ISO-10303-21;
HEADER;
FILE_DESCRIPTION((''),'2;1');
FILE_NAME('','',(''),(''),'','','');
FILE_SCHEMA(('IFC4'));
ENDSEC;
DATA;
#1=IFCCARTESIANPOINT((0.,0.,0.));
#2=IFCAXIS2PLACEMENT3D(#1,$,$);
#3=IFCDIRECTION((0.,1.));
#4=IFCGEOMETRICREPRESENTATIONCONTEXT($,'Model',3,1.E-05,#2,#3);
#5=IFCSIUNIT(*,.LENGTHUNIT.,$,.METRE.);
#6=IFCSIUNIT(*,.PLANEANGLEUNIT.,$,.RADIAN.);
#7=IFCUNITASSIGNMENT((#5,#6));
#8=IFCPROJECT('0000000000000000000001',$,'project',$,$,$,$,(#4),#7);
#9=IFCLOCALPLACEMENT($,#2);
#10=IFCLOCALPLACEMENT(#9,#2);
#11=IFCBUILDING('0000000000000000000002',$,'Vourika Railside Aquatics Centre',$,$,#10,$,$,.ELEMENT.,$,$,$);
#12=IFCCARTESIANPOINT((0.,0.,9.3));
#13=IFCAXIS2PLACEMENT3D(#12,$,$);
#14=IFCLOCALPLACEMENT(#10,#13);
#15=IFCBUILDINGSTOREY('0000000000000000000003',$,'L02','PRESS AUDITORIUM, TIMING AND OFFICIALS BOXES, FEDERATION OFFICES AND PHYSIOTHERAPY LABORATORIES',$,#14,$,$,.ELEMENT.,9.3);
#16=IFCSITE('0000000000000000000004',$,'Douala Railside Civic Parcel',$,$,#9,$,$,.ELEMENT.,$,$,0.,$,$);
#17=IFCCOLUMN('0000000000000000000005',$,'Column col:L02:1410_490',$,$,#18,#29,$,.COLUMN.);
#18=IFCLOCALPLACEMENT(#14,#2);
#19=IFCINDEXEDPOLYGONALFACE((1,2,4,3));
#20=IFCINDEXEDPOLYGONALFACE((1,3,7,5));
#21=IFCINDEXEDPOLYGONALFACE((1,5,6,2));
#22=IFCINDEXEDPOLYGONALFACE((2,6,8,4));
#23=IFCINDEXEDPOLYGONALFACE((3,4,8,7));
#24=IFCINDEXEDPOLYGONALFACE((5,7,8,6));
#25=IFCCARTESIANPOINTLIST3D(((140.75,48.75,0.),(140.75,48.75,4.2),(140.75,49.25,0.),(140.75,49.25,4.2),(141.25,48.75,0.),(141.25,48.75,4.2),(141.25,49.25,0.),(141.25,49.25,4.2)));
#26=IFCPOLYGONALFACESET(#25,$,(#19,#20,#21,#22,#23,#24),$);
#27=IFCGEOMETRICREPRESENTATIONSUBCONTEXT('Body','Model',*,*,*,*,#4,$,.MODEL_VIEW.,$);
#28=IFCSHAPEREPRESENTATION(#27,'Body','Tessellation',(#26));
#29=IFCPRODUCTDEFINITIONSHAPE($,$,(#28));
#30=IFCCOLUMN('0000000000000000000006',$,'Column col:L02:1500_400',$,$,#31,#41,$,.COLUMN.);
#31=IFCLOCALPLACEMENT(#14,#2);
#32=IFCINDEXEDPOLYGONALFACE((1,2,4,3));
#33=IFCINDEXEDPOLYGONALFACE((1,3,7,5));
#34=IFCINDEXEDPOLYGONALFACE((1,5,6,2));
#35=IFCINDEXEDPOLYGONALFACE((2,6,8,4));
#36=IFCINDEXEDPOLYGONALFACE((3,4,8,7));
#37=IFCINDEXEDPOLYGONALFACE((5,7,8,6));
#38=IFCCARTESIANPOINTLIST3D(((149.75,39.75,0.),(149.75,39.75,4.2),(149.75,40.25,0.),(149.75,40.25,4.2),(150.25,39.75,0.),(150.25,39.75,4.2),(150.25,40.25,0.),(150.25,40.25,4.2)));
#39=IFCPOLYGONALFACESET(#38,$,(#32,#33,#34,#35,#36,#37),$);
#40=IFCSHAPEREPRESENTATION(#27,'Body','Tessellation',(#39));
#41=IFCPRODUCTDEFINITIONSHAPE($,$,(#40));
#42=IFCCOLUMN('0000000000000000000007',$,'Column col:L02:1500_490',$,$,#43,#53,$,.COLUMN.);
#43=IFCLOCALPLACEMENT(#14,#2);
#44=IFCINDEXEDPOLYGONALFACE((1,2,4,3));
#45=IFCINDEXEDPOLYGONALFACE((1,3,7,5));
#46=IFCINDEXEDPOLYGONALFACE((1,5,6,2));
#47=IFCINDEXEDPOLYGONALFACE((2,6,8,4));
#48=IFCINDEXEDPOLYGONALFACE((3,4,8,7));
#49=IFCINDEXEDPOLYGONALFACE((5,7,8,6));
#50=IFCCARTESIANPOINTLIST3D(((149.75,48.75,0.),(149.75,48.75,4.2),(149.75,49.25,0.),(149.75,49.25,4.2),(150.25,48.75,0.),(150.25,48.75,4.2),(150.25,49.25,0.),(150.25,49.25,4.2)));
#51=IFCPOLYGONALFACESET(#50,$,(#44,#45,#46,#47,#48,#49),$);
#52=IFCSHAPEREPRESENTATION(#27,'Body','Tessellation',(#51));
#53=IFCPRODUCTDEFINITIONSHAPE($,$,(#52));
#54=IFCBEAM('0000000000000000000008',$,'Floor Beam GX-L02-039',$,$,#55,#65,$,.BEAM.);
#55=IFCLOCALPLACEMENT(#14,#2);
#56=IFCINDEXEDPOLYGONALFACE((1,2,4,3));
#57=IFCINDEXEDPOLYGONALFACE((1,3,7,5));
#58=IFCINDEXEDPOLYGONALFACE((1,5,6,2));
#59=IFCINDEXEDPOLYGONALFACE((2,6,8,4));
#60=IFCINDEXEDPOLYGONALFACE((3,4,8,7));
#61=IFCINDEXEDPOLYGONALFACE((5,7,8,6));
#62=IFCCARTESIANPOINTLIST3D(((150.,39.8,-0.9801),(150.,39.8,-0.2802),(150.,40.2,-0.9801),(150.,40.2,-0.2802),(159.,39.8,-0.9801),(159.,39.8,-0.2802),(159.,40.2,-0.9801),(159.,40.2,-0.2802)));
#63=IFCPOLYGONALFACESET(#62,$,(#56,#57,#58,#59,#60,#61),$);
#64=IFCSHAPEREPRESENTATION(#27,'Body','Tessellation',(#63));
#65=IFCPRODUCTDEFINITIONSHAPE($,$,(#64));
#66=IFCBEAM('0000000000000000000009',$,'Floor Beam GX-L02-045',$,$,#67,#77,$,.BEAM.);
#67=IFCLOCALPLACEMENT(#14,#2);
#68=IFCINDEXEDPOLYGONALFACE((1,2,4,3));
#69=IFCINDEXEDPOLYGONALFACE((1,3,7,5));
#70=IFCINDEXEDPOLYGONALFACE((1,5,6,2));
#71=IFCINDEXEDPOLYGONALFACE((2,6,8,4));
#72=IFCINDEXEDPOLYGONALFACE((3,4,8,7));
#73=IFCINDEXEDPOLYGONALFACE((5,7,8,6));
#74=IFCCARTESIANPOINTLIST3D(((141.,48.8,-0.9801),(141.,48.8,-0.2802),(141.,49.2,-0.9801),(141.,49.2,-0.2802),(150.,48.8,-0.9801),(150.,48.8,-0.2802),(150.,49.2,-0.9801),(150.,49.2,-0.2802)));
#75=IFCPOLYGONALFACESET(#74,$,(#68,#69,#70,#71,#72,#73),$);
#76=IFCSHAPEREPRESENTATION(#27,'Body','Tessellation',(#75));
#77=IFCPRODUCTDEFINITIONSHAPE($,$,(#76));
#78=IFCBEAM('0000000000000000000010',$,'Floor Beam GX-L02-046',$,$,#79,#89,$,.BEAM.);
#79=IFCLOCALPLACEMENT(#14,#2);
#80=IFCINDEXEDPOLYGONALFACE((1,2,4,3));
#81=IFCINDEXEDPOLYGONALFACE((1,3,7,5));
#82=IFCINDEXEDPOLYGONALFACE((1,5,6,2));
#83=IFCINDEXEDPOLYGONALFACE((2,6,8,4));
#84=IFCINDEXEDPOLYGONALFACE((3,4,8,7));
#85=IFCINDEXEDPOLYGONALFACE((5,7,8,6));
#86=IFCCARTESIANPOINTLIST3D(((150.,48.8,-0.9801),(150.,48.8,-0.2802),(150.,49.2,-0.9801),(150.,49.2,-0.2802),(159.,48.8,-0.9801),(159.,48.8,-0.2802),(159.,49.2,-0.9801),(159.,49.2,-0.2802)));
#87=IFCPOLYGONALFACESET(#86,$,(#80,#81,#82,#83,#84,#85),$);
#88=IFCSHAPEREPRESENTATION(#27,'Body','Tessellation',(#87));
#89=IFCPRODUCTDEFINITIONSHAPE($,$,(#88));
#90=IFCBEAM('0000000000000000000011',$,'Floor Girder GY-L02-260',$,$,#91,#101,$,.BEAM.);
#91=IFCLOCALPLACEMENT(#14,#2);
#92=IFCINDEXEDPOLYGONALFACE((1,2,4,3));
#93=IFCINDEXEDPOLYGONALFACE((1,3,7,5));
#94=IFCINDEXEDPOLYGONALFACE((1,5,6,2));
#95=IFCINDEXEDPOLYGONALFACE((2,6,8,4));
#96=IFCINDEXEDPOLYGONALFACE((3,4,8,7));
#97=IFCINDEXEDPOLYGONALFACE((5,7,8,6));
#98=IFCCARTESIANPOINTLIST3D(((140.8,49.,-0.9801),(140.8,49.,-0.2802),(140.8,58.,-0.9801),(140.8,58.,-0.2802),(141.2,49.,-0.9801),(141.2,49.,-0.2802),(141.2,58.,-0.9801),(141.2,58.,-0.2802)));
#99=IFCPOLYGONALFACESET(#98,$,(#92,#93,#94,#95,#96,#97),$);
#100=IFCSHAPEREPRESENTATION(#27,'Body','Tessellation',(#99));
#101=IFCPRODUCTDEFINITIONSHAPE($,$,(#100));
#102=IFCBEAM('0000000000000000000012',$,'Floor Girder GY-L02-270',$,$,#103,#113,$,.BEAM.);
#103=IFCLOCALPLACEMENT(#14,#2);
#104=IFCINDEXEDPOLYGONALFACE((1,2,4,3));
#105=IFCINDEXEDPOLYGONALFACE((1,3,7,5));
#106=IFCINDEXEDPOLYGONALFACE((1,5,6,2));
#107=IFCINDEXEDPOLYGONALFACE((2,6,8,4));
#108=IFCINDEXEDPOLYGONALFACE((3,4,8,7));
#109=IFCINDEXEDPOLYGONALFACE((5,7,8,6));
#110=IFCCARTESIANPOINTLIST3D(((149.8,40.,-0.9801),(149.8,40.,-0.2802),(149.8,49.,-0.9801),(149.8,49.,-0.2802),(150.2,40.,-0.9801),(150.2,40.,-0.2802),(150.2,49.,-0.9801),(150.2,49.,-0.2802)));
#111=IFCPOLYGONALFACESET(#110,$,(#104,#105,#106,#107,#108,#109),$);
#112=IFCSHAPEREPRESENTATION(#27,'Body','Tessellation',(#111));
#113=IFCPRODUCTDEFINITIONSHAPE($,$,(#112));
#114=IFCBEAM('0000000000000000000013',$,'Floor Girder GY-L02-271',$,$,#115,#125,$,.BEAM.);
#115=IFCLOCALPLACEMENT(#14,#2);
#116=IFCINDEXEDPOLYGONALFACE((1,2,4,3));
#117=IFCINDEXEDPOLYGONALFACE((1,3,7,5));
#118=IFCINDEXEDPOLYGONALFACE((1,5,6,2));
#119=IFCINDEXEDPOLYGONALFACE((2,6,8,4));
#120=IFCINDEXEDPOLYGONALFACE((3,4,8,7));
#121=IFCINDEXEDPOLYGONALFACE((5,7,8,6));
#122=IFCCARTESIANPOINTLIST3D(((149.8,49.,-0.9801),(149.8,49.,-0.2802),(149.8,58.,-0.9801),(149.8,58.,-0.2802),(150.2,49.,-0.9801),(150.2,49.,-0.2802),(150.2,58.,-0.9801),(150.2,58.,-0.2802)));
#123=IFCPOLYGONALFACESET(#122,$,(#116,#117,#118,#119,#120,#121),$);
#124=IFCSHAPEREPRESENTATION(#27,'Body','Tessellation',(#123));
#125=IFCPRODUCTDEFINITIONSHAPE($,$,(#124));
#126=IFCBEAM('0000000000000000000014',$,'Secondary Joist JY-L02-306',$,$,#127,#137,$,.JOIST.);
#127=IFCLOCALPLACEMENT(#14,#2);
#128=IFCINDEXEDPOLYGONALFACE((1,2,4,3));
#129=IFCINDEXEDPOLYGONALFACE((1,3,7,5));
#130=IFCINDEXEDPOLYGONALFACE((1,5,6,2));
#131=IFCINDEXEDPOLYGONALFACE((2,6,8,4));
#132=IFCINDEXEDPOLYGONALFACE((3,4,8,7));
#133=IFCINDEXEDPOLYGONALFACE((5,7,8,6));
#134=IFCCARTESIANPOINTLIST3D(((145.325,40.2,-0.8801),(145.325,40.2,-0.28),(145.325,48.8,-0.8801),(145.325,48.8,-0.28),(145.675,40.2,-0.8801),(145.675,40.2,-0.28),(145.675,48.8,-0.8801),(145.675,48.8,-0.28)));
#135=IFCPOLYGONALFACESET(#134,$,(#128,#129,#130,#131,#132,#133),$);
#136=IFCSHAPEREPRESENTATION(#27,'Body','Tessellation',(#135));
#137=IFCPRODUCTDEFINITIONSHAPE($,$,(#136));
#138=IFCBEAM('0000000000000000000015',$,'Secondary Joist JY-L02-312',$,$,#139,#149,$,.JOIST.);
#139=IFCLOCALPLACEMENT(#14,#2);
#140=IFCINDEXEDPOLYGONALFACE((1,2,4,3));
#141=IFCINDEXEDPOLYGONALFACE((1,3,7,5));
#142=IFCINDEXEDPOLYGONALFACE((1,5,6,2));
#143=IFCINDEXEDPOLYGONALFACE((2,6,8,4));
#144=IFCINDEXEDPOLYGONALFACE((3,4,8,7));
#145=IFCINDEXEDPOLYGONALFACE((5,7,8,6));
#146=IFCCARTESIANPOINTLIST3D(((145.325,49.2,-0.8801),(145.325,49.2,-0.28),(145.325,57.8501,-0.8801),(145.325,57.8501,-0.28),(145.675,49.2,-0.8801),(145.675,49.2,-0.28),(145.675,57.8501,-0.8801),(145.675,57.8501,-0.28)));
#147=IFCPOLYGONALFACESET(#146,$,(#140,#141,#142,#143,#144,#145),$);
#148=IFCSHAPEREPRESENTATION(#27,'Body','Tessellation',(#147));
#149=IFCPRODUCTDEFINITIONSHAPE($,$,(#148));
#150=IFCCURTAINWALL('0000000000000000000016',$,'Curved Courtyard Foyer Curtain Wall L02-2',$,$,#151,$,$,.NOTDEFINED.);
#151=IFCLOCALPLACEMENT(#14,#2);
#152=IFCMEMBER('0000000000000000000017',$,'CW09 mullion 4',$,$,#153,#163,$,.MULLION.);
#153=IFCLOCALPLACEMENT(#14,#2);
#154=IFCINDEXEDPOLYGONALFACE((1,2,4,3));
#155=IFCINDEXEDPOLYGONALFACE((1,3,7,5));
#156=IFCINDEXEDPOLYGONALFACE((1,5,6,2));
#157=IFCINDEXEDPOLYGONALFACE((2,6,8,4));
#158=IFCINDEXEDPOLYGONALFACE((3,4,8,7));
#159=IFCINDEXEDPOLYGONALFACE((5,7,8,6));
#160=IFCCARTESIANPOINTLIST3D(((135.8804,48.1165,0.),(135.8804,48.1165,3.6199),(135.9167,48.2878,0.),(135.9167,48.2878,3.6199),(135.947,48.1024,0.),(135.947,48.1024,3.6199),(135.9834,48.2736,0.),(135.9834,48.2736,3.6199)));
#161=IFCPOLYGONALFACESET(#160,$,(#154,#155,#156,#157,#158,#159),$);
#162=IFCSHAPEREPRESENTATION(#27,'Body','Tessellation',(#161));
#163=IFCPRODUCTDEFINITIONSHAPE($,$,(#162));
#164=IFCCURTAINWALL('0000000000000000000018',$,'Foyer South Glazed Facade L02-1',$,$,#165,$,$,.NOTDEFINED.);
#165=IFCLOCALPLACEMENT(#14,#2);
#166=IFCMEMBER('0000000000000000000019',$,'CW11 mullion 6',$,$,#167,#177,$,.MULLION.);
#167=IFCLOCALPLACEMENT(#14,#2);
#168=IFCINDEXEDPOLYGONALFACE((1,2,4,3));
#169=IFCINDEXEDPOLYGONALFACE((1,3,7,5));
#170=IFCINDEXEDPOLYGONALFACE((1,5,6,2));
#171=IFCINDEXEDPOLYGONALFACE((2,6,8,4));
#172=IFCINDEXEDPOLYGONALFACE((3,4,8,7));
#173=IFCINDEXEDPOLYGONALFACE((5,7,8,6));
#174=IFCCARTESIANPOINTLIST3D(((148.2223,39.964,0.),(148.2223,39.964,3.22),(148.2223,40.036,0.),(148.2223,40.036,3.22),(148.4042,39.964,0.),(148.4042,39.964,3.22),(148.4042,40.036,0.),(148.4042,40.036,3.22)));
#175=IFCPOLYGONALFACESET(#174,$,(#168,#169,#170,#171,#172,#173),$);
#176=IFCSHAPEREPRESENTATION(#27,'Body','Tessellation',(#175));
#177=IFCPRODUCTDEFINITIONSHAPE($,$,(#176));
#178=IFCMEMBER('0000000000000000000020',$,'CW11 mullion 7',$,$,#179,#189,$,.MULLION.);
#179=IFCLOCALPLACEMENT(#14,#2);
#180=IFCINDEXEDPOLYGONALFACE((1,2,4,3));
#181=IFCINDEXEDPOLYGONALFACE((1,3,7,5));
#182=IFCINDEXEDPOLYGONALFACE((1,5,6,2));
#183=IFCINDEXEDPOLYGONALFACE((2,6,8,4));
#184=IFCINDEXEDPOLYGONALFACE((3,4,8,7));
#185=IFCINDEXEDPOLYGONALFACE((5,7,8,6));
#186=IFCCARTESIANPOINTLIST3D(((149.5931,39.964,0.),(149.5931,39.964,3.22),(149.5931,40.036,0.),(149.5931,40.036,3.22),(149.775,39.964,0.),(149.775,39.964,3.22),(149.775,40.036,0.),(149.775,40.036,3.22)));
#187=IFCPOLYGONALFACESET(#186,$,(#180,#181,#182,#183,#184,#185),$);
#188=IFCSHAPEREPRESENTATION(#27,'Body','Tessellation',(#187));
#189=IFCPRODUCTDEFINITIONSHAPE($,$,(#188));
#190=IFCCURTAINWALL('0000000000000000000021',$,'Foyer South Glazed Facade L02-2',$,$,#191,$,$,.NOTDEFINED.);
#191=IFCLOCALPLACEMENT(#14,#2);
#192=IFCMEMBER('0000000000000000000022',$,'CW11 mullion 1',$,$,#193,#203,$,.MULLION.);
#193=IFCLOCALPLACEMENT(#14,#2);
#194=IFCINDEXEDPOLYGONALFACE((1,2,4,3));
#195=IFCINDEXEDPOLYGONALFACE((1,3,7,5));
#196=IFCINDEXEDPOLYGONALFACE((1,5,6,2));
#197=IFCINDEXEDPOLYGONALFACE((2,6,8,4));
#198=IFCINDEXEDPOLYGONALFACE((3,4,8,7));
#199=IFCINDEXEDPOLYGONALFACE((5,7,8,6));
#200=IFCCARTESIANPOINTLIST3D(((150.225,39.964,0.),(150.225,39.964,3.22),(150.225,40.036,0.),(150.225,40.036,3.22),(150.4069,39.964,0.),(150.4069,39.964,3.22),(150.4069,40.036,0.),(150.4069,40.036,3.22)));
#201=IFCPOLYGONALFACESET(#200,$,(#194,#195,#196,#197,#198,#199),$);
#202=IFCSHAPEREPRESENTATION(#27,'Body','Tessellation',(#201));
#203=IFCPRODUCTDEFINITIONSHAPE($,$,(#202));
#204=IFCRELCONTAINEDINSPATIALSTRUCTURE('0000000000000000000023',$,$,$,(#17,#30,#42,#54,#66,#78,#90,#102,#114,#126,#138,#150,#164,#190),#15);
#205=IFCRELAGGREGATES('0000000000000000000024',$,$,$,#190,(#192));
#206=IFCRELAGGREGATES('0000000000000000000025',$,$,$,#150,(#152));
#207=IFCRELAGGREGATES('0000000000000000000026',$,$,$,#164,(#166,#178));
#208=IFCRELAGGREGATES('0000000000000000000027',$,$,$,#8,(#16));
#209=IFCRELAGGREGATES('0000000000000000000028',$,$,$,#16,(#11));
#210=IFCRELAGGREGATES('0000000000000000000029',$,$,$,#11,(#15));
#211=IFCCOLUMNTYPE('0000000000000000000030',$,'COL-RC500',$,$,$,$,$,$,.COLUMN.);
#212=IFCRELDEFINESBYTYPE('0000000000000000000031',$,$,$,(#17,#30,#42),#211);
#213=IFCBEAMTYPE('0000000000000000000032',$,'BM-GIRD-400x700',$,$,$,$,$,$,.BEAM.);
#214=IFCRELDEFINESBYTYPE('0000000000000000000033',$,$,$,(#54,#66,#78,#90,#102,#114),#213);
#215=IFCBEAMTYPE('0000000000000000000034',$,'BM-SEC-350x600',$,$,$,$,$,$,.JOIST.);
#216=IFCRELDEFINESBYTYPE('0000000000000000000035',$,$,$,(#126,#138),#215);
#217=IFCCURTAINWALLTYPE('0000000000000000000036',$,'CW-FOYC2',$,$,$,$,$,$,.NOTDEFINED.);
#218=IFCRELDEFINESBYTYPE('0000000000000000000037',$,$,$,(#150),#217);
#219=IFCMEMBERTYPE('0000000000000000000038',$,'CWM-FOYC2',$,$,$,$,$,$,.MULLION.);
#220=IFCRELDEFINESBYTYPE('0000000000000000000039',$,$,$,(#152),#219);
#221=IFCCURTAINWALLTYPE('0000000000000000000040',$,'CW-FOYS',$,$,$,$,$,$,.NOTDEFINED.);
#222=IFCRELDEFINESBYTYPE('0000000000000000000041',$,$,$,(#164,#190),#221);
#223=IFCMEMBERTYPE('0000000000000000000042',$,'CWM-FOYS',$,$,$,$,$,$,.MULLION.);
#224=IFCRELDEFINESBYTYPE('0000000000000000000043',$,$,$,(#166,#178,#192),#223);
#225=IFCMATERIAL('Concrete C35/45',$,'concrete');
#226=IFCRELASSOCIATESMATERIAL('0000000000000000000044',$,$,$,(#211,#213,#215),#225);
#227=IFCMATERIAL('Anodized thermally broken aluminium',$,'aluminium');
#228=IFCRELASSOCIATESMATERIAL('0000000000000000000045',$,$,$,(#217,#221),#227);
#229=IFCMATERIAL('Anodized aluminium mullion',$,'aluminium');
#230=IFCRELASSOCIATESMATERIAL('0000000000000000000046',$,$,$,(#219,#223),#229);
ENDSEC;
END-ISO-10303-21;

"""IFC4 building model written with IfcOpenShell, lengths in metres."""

from ifc_helpers import new_model, si_unit, direction, frame, origin, origin_2d, place, context, subcontext, project, spatial, rectangle, extrude, material, material_profile, profile_set, type_object, element, aggregate, save


model = new_model("IFC4")

# Units and contexts
model_context = context("Model", 3, precision=1e-05, world=origin(), true_north=direction((0.0, 1.0)))
body_context = subcontext(model_context, "Body", "Model", "MODEL_VIEW")
ifc_project = project(units=[si_unit("LENGTHUNIT", "METRE"), si_unit("PLANEANGLEUNIT", "RADIAN")], contexts=[model_context])

# Site, building, storey
site_placement = place(None, origin())
site = spatial("IfcSite", under=ifc_project, at=site_placement, Name="Douala Railside Civic Parcel", CompositionType="ELEMENT", RefElevation=0.0)
building_placement = place(site_placement, origin())
building = spatial("IfcBuilding", under=site, at=building_placement, Name="Vourika Railside Aquatics Centre", CompositionType="ELEMENT")
storey_placement = place(building_placement, frame((0.0, 0.0, 9.3)))
storey = spatial("IfcBuildingStorey", under=building, at=storey_placement, Name="L02", Description="PRESS AUDITORIUM, TIMING AND OFFICIALS BOXES, FEDERATION OFFICES AND PHYSIOTHERAPY LABORATORIES", CompositionType="ELEMENT", Elevation=9.3)

# Columns
ifc_material_1 = material(Name="Concrete C35/45", Category="concrete")
ifc_material_profile_1 = material_profile(ifc_material_1, rectangle(XDim=0.5, YDim=0.5, at=origin_2d()), Name="RC 500x500")
ifc_profile_set_1 = profile_set([ifc_material_profile_1], Name="Concrete C35/45")
column_type = type_object("IfcColumnType", Name="COL-RC500", PredefinedType="COLUMN", material=ifc_profile_set_1)
for number, where, z_axis, x_axis, name in (
    (1, (141.0, 49.0, 0.0), (0.0, 0.0, 1.0), (1.0, 0.0, 0.0), "Column col:L02:1410_490"),
    (2, (150.0, 40.0, 0.0), (0.0, 0.0, 1.0), (1.0, 0.0, 0.0), "Column col:L02:1500_400"),
    (3, (150.0, 49.0, 0.0), (0.0, 0.0, 1.0), (1.0, 0.0, 0.0), "Column col:L02:1500_490"),
):
    element("IfcColumn", number, at=place(storey_placement, frame(where, z_axis=z_axis, x_axis=x_axis)), inside=storey, type_object=column_type, Name=name, PredefinedType="COLUMN", context=body_context, shape_type="SweptSolid", body=[
        extrude(rectangle(XDim=0.5, YDim=0.5, at=origin_2d()), origin(), (0.0, 0.0, 1.0), 4.2),
    ])

# Beams
ifc_material_profile_2 = material_profile(ifc_material_1, rectangle(XDim=0.3999, YDim=0.7, at=origin_2d()), Name="RC 400x700")
ifc_profile_set_2 = profile_set([ifc_material_profile_2], Name="Concrete C35/45")
beam_type_1 = type_object("IfcBeamType", Name="BM-GIRD-400x700", PredefinedType="BEAM", material=ifc_profile_set_2)
for number, where, z_axis, x_axis, name in (
    (4, (150.0, 40.0, -0.6301), (1.0, 0.0, 0.0), (0.0, 1.0, 0.0), "Floor Beam GX-L02-039"),
    (5, (141.0, 49.0, -0.6301), (1.0, 0.0, 0.0), (0.0, 1.0, 0.0), "Floor Beam GX-L02-045"),
    (6, (150.0, 49.0, -0.6301), (1.0, 0.0, 0.0), (0.0, 1.0, 0.0), "Floor Beam GX-L02-046"),
    (7, (141.0, 49.0, -0.6301), (0.0, 1.0, 0.0), (-1.0, 0.0, 0.0), "Floor Girder GY-L02-260"),
    (8, (150.0, 40.0, -0.6301), (0.0, 1.0, 0.0), (-1.0, 0.0, 0.0), "Floor Girder GY-L02-270"),
    (9, (150.0, 49.0, -0.6301), (0.0, 1.0, 0.0), (-1.0, 0.0, 0.0), "Floor Girder GY-L02-271"),
):
    element("IfcBeam", number, at=place(storey_placement, frame(where, z_axis=z_axis, x_axis=x_axis)), inside=storey, type_object=beam_type_1, Name=name, PredefinedType="BEAM", context=body_context, shape_type="SweptSolid", body=[
        extrude(rectangle(XDim=0.3999, YDim=0.7, at=origin_2d()), origin(), (0.0, 0.0, 1.0), 9.0),
    ])
ifc_material_profile_3 = material_profile(ifc_material_1, rectangle(XDim=0.3501, YDim=0.6001, at=origin_2d()), Name="RC 350x600")
ifc_profile_set_3 = profile_set([ifc_material_profile_3], Name="Concrete C35/45")
beam_type_2 = type_object("IfcBeamType", Name="BM-SEC-350x600", PredefinedType="JOIST", material=ifc_profile_set_3)
beam_1_placement = place(storey_placement, frame((145.5, 40.2, -0.5801), z_axis=(0.0, 1.0, 0.0), x_axis=(-1.0, 0.0, 0.0)))
element("IfcBeam", 10, at=beam_1_placement, inside=storey, type_object=beam_type_2, Name="Secondary Joist JY-L02-306", PredefinedType="JOIST", context=body_context, shape_type="SweptSolid", body=[
    extrude(rectangle(XDim=0.3501, YDim=0.6001, at=origin_2d()), origin(), (0.0, 0.0, 1.0), 8.6001),
])
beam_2_placement = place(storey_placement, frame((145.5, 49.2, -0.5801), z_axis=(0.0, 1.0, 0.0), x_axis=(-1.0, 0.0, 0.0)))
element("IfcBeam", 11, at=beam_2_placement, inside=storey, type_object=beam_type_2, Name="Secondary Joist JY-L02-312", PredefinedType="JOIST", context=body_context, shape_type="SweptSolid", body=[
    extrude(rectangle(XDim=0.3501, YDim=0.6001, at=origin_2d()), origin(), (0.0, 0.0, 1.0), 8.6501),
])

# Curtain wall, member
ifc_material_2 = material(Name="Anodized thermally broken aluminium", Category="aluminium")
curtain_wall_type_1 = type_object("IfcCurtainWallType", Name="CW-FOYC2", PredefinedType="NOTDEFINED", material=ifc_material_2)
curtain_wall_1_placement = place(storey_placement, origin())
curtain_wall_1 = element("IfcCurtainWall", 12, at=curtain_wall_1_placement, inside=storey, type_object=curtain_wall_type_1, Name="Curved Courtyard Foyer Curtain Wall L02-2", PredefinedType="NOTDEFINED")
ifc_material_3 = material(Name="Anodized aluminium mullion", Category="aluminium")
ifc_material_profile_4 = material_profile(ifc_material_3, rectangle(XDim=0.0681, YDim=0.175, at=origin_2d()), Name="ALU-M 68x175")
ifc_profile_set_4 = profile_set([ifc_material_profile_4], Name="Anodized aluminium mullion")
member_type_1 = type_object("IfcMemberType", Name="CWM-FOYC2", PredefinedType="MULLION", material=ifc_profile_set_4)
member_1_placement = place(storey_placement, frame((135.9319, 48.1951, 0.0), z_axis=(0.0, 0.0, 1.0), x_axis=(0.978215, -0.207595, 0.0)))
member_1 = element("IfcMember", 13, at=member_1_placement, type_object=member_type_1, Name="CW09 mullion 4", PredefinedType="MULLION", context=body_context, shape_type="SweptSolid", body=[
    extrude(rectangle(XDim=0.0681, YDim=0.175, at=origin_2d()), origin(), (0.0, 0.0, 1.0), 3.6199),
])

# Curtain wall, members
curtain_wall_type_2 = type_object("IfcCurtainWallType", Name="CW-FOYS", PredefinedType="NOTDEFINED", material=ifc_material_2)
curtain_wall_2_placement = place(storey_placement, origin())
curtain_wall_2 = element("IfcCurtainWall", 14, at=curtain_wall_2_placement, inside=storey, type_object=curtain_wall_type_2, Name="Foyer South Glazed Facade L02-1", PredefinedType="NOTDEFINED")
ifc_material_profile_5 = material_profile(ifc_material_3, rectangle(XDim=0.072, YDim=0.1819, at=origin_2d()), Name="ALU-M 72x182")
ifc_profile_set_5 = profile_set([ifc_material_profile_5], Name="Anodized aluminium mullion")
member_type_2 = type_object("IfcMemberType", Name="CWM-FOYS", PredefinedType="MULLION", material=ifc_profile_set_5)
member_2_placement = place(storey_placement, frame((148.3132, 40.0, 0.0), z_axis=(0.0, 0.0, 1.0), x_axis=(0.0, 1.0, 0.0)))
member_2 = element("IfcMember", 15, at=member_2_placement, type_object=member_type_2, Name="CW11 mullion 6", PredefinedType="MULLION", context=body_context, shape_type="SweptSolid", body=[
    extrude(rectangle(XDim=0.072, YDim=0.1819, at=origin_2d()), origin(), (0.0, 0.0, 1.0), 3.22),
])
member_3_placement = place(storey_placement, frame((149.6841, 40.0, 0.0), z_axis=(0.0, 0.0, 1.0), x_axis=(0.0, 1.0, 0.0)))
member_3 = element("IfcMember", 16, at=member_3_placement, type_object=member_type_2, Name="CW11 mullion 7", PredefinedType="MULLION", context=body_context, shape_type="SweptSolid", body=[
    extrude(rectangle(XDim=0.072, YDim=0.1819, at=origin_2d()), origin(), (0.0, 0.0, 1.0), 3.22),
])

# Curtain wall, member
curtain_wall_3_placement = place(storey_placement, origin())
curtain_wall_3 = element("IfcCurtainWall", 17, at=curtain_wall_3_placement, inside=storey, type_object=curtain_wall_type_2, Name="Foyer South Glazed Facade L02-2", PredefinedType="NOTDEFINED")
member_4_placement = place(storey_placement, frame((150.3159, 40.0, 0.0), z_axis=(0.0, 0.0, 1.0), x_axis=(0.0, 1.0, 0.0)))
member_4 = element("IfcMember", 18, at=member_4_placement, type_object=member_type_2, Name="CW11 mullion 1", PredefinedType="MULLION", context=body_context, shape_type="SweptSolid", body=[
    extrude(rectangle(XDim=0.072, YDim=0.1819, at=origin_2d()), origin(), (0.0, 0.0, 1.0), 3.22),
])

aggregate(curtain_wall_3, [member_4])

aggregate(curtain_wall_1, [member_1])
aggregate(curtain_wall_2, [member_2, member_3])

save(model, "model.ifc")
